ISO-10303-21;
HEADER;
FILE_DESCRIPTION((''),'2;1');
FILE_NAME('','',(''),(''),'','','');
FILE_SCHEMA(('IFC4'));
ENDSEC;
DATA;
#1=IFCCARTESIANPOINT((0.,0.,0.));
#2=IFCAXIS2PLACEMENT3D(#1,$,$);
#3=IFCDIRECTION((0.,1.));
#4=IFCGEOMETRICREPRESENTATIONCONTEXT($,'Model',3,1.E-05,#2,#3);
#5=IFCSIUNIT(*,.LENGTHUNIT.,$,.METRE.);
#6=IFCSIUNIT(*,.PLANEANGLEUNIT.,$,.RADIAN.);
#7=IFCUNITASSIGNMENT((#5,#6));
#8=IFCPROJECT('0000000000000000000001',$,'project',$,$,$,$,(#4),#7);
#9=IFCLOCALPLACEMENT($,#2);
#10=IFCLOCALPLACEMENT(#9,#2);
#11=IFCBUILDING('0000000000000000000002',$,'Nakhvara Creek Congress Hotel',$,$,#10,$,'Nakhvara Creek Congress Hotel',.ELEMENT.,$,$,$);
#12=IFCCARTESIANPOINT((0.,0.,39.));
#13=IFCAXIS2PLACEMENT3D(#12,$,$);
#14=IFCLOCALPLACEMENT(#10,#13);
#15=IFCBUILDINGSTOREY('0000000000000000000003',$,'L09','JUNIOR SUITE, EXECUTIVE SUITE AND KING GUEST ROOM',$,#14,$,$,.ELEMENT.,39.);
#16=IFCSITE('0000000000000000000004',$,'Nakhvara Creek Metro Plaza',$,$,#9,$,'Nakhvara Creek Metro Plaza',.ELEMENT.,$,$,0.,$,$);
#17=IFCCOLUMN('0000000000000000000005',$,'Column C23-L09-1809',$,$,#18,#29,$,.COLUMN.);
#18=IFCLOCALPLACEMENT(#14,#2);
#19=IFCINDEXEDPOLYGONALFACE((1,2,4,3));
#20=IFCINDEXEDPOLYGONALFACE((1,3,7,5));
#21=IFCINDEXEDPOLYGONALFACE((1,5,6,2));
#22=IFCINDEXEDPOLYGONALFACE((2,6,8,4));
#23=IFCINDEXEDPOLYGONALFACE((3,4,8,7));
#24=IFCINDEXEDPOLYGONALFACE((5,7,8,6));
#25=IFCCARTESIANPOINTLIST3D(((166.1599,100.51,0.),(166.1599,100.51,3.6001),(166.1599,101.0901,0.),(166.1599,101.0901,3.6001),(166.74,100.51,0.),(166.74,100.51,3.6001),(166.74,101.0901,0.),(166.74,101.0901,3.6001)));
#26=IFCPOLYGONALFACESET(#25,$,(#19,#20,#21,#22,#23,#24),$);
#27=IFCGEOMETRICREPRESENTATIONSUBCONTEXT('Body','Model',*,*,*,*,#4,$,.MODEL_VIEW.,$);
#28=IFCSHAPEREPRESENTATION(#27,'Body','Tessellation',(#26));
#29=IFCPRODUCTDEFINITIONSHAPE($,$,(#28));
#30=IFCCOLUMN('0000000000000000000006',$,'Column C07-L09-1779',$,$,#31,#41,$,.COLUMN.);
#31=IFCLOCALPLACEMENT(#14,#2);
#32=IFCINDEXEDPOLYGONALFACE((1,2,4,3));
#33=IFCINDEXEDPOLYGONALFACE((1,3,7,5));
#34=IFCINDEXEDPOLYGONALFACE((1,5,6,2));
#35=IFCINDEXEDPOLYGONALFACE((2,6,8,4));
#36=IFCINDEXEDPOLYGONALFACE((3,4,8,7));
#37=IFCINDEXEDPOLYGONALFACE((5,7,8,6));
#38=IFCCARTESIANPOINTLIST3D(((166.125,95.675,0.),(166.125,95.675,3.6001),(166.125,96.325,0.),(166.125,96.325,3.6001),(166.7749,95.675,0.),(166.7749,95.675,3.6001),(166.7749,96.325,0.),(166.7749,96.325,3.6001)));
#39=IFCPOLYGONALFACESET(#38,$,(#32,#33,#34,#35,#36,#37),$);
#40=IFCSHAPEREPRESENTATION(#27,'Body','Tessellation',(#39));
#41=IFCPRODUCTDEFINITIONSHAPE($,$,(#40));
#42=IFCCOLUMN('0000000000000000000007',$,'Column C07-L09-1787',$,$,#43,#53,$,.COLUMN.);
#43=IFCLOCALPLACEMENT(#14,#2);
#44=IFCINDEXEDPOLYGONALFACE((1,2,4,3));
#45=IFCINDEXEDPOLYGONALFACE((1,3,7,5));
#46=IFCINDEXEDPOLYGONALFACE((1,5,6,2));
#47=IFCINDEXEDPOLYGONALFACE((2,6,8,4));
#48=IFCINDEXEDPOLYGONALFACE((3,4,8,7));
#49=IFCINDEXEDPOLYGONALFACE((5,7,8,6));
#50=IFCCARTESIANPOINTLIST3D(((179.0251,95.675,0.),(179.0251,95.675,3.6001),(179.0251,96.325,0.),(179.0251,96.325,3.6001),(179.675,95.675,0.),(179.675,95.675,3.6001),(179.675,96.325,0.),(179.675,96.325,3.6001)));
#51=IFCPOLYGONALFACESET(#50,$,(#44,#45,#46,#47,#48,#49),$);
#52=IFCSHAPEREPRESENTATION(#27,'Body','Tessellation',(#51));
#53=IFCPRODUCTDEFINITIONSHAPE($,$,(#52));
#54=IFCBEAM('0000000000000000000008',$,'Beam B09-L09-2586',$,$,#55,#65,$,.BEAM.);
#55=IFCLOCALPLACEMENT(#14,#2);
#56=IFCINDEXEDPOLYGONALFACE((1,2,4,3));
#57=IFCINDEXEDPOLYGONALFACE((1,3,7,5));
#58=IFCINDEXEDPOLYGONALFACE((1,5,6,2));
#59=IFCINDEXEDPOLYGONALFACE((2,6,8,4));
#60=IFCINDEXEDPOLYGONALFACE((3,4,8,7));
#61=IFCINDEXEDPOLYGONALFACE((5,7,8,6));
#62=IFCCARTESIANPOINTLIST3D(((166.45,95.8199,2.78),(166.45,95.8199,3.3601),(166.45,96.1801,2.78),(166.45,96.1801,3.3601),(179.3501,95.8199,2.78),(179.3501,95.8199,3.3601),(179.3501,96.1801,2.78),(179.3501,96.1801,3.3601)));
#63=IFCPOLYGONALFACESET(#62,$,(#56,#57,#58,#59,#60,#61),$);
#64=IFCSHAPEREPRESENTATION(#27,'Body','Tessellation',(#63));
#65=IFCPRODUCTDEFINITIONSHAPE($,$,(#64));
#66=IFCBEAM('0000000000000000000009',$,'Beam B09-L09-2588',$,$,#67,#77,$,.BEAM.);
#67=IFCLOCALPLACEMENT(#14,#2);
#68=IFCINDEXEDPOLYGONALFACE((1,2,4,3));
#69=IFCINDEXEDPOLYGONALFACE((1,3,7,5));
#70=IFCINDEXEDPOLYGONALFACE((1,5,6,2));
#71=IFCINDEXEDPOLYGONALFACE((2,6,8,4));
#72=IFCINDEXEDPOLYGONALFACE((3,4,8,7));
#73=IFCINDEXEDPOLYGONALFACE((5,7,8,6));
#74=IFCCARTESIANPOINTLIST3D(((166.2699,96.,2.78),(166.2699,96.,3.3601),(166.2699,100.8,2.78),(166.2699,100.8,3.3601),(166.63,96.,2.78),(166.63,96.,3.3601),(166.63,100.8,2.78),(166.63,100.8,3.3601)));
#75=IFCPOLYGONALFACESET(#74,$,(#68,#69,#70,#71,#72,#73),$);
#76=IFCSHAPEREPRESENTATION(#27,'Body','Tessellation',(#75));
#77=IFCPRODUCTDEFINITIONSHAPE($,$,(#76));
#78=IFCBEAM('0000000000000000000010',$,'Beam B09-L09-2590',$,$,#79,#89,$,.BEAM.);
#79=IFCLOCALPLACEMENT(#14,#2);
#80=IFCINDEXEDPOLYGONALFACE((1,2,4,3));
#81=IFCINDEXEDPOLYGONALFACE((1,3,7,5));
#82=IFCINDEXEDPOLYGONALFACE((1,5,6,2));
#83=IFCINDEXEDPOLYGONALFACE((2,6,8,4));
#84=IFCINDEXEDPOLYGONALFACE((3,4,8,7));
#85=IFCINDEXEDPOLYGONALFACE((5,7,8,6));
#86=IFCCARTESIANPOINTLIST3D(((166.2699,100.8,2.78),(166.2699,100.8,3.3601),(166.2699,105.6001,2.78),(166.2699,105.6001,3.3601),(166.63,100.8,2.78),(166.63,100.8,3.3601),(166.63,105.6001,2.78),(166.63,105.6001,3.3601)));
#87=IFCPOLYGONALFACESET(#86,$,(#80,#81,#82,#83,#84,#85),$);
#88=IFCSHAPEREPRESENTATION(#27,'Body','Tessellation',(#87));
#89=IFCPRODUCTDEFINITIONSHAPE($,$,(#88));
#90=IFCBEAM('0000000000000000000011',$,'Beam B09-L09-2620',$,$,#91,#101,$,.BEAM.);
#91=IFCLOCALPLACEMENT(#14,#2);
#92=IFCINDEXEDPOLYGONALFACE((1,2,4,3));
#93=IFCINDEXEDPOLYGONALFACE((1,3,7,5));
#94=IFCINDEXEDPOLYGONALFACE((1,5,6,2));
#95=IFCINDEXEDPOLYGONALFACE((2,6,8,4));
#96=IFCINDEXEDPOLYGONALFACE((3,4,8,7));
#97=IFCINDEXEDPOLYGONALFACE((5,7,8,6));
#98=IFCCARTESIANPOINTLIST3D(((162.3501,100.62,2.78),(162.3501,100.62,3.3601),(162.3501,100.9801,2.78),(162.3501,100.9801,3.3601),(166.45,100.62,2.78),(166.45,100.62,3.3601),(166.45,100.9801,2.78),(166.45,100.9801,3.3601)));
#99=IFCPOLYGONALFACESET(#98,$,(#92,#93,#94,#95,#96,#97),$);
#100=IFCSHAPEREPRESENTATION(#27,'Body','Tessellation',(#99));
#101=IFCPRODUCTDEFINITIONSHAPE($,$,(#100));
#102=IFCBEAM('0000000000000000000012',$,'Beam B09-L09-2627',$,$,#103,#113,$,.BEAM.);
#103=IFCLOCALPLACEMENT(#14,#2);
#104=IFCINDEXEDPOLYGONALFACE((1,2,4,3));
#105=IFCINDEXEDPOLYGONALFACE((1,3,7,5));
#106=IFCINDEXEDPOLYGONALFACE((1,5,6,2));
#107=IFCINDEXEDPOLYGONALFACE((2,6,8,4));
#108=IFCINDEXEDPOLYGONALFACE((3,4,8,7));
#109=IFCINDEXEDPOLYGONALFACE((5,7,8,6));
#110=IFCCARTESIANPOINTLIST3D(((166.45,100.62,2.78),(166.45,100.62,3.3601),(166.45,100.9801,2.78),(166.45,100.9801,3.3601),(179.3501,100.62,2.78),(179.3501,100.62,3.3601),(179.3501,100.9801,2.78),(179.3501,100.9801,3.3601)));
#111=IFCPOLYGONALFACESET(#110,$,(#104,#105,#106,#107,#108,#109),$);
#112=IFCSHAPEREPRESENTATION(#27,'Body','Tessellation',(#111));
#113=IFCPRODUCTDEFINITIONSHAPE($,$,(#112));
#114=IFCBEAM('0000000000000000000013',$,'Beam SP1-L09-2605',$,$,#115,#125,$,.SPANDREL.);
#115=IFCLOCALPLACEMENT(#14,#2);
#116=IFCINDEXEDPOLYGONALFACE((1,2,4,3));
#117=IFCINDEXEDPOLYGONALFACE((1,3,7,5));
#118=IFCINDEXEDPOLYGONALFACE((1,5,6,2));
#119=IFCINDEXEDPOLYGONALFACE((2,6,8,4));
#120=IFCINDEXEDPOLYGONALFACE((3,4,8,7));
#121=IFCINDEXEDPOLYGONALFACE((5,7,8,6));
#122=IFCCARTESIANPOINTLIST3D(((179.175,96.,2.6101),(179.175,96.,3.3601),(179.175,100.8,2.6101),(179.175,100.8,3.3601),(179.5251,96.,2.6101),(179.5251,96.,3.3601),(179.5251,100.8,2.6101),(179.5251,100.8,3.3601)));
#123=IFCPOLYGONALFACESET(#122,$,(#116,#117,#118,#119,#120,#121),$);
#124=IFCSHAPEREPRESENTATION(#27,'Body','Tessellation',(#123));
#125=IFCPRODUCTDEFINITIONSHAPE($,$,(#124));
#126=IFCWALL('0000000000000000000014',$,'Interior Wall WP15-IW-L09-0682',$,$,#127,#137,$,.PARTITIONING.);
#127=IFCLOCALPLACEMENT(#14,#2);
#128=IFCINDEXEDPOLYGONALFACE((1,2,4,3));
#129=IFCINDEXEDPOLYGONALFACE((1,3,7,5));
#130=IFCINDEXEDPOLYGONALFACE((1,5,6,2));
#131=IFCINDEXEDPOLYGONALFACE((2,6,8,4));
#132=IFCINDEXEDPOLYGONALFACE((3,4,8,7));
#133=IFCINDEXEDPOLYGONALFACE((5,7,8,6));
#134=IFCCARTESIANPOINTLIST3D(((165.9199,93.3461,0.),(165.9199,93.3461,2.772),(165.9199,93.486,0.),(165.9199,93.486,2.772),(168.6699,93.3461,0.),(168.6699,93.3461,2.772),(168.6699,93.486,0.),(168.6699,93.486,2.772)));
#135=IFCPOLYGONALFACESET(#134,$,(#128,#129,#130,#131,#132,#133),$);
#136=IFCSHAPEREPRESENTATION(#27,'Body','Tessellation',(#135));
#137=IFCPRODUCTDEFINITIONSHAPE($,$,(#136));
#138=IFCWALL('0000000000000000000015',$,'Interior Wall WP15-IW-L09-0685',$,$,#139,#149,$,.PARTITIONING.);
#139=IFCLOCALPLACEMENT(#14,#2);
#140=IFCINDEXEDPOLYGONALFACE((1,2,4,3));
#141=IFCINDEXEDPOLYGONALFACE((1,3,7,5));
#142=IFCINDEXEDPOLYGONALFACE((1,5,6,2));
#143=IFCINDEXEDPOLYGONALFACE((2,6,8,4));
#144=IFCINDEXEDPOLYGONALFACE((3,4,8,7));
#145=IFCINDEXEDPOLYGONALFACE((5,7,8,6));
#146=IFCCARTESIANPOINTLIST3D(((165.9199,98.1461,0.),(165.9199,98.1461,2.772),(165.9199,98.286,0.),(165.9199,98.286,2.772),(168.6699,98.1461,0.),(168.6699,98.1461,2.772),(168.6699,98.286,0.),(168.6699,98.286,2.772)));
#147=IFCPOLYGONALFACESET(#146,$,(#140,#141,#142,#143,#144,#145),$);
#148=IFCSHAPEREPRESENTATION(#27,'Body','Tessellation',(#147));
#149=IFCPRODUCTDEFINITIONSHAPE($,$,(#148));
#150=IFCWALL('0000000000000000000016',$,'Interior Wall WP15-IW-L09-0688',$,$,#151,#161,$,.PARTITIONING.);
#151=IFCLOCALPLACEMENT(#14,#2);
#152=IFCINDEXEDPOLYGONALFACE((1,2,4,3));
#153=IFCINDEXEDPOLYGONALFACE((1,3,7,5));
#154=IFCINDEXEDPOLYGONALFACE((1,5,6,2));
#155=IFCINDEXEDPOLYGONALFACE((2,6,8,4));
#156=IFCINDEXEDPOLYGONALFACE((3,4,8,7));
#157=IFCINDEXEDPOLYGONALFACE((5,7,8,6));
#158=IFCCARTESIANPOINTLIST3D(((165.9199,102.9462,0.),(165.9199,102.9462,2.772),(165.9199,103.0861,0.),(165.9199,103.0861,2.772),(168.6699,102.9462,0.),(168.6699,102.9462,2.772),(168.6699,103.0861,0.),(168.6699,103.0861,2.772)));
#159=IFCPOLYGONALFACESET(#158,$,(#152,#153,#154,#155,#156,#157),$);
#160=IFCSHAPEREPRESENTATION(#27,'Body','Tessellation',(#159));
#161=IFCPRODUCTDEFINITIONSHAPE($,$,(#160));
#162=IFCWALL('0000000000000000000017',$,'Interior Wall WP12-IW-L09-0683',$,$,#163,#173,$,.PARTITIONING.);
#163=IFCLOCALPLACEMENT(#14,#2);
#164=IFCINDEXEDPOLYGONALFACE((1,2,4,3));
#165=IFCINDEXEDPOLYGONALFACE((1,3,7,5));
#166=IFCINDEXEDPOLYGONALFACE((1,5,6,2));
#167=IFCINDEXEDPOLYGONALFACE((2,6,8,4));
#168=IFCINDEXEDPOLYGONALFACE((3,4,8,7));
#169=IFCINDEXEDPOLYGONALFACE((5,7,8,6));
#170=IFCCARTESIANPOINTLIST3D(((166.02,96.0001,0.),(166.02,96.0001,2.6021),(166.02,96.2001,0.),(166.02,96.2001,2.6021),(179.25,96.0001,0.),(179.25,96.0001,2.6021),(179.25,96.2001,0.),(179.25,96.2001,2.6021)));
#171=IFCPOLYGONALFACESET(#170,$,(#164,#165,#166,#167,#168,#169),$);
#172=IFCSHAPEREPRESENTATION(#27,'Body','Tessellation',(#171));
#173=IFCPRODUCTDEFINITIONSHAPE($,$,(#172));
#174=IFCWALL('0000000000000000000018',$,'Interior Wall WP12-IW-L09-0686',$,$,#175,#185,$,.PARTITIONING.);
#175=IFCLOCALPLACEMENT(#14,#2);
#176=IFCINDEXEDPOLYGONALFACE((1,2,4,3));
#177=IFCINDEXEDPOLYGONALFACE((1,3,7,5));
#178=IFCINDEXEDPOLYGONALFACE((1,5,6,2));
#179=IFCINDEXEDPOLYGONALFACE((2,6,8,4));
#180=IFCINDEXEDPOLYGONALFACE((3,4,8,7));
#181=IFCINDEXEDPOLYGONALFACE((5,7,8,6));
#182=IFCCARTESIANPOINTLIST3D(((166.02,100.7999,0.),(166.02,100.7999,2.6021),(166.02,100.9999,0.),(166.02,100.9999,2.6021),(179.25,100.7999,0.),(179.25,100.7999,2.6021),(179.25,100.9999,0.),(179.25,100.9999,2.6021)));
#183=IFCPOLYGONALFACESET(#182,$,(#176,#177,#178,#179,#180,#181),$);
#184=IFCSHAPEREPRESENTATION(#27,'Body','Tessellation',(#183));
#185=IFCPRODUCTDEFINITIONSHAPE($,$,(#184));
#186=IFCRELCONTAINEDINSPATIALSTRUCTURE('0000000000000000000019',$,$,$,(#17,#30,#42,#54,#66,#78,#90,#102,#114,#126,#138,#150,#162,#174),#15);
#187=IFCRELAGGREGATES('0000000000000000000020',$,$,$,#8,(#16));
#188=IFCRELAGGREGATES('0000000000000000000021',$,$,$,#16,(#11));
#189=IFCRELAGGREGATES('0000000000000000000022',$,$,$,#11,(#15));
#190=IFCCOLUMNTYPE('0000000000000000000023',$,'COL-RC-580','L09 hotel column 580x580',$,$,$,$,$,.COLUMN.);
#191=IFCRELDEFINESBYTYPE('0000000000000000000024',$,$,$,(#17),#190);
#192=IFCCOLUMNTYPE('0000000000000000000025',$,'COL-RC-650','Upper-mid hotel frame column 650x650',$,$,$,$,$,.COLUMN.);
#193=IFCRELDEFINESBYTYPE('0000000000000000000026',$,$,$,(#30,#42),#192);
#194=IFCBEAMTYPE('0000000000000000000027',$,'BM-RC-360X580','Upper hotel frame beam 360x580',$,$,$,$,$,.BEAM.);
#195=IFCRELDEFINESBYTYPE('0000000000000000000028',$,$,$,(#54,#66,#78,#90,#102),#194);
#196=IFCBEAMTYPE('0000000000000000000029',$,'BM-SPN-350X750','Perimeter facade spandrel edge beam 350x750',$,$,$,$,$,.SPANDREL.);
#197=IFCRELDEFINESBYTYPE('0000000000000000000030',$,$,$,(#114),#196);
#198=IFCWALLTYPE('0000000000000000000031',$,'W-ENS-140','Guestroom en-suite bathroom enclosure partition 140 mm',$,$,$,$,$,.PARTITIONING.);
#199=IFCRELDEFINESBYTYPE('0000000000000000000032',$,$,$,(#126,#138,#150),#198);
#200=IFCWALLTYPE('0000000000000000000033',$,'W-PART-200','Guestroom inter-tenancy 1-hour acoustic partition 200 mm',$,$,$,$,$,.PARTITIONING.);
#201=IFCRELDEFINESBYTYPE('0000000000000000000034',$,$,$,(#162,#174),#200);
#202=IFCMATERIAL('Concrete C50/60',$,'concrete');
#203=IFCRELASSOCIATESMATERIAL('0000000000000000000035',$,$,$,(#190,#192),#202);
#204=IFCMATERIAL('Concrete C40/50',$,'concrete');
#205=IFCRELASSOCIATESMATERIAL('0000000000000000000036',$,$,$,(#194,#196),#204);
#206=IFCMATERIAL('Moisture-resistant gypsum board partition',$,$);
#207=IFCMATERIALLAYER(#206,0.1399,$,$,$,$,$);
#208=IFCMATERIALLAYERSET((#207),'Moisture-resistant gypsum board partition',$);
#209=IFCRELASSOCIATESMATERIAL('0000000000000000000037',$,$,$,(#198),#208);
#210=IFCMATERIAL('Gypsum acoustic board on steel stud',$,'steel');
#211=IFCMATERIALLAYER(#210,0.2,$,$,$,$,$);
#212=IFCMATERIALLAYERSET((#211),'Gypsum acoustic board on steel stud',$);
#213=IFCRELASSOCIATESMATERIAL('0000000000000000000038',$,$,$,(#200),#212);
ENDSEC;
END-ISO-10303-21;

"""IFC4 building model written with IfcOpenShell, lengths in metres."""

from ifc_helpers import new_model, si_unit, direction, frame, frame_2d, origin, origin_2d, place, context, subcontext, project, spatial, rectangle, extrude, material, layer, layer_set, material_profile, profile_set, type_object, element, save


model = new_model("IFC4")

# Units and contexts
model_context = context("Model", 3, precision=1e-05, world=origin(), true_north=direction((0.0, 1.0)))
body_context = subcontext(model_context, "Body", "Model", "MODEL_VIEW")
ifc_project = project(units=[si_unit("LENGTHUNIT", "METRE"), si_unit("PLANEANGLEUNIT", "RADIAN")], contexts=[model_context])

# Site, building, storey
site_placement = place(None, origin())
site = spatial("IfcSite", under=ifc_project, at=site_placement, Name="Nakhvara Creek Metro Plaza", LongName="Nakhvara Creek Metro Plaza", CompositionType="ELEMENT", RefElevation=0.0)
building_placement = place(site_placement, origin())
building = spatial("IfcBuilding", under=site, at=building_placement, Name="Nakhvara Creek Congress Hotel", LongName="Nakhvara Creek Congress Hotel", CompositionType="ELEMENT")
storey_placement = place(building_placement, frame((0.0, 0.0, 39.0)))
storey = spatial("IfcBuildingStorey", under=building, at=storey_placement, Name="L09", Description="JUNIOR SUITE, EXECUTIVE SUITE AND KING GUEST ROOM", CompositionType="ELEMENT", Elevation=39.0)

# Columns
ifc_material_1 = material(Name="Concrete C50/60", Category="concrete")
ifc_material_profile_1 = material_profile(ifc_material_1, rectangle(XDim=0.5801, YDim=0.5801, at=origin_2d()), Name="RC-COL 580x580", Category="LoadBearing")
ifc_profile_set_1 = profile_set([ifc_material_profile_1], Name="Concrete C50/60")
column_type_1 = type_object("IfcColumnType", Name="COL-RC-580", Description="L09 hotel column 580x580", PredefinedType="COLUMN", material=ifc_profile_set_1)
column_placement = place(storey_placement, frame((166.45, 100.8, 0.0), z_axis=(0.0, 0.0, 1.0), x_axis=(1.0, 0.0, 0.0)))
element("IfcColumn", 1, at=column_placement, inside=storey, type_object=column_type_1, Name="Column C23-L09-1809", PredefinedType="COLUMN", context=body_context, shape_type="SweptSolid", body=[
    extrude(rectangle(XDim=0.5801, YDim=0.5801, at=origin_2d()), origin(), (0.0, 0.0, 1.0), 3.6001),
])
ifc_material_profile_2 = material_profile(ifc_material_1, rectangle(XDim=0.6499, YDim=0.6499, at=origin_2d()), Name="RC-COL 650x650", Category="LoadBearing")
ifc_profile_set_2 = profile_set([ifc_material_profile_2], Name="Concrete C50/60")
column_type_2 = type_object("IfcColumnType", Name="COL-RC-650", Description="Upper-mid hotel frame column 650x650", PredefinedType="COLUMN", material=ifc_profile_set_2)
for number, where, z_axis, x_axis, name in (
    (2, (166.45, 96.0, 0.0), (0.0, 0.0, 1.0), (1.0, 0.0, 0.0), "Column C07-L09-1779"),
    (3, (179.3501, 96.0, 0.0), (0.0, 0.0, 1.0), (1.0, 0.0, 0.0), "Column C07-L09-1787"),
):
    element("IfcColumn", number, at=place(storey_placement, frame(where, z_axis=z_axis, x_axis=x_axis)), inside=storey, type_object=column_type_2, Name=name, PredefinedType="COLUMN", context=body_context, shape_type="SweptSolid", body=[
        extrude(rectangle(XDim=0.6499, YDim=0.6499, at=origin_2d()), origin(), (0.0, 0.0, 1.0), 3.6001),
    ])

# Beams
ifc_material_2 = material(Name="Concrete C40/50", Category="concrete")
ifc_material_profile_3 = material_profile(ifc_material_2, rectangle(XDim=0.3601, YDim=0.5801, at=origin_2d()), Name="RC-BM 360x580", Category="LoadBearing")
ifc_profile_set_3 = profile_set([ifc_material_profile_3], Name="Concrete C40/50")
beam_type_1 = type_object("IfcBeamType", Name="BM-RC-360X580", Description="Upper hotel frame beam 360x580", PredefinedType="BEAM", material=ifc_profile_set_3)
beam_1_placement = place(storey_placement, frame((166.45, 96.0, 3.0701), z_axis=(1.0, 0.0, 0.0), x_axis=(0.0, 1.0, 0.0)))
element("IfcBeam", 4, at=beam_1_placement, inside=storey, type_object=beam_type_1, Name="Beam B09-L09-2586", PredefinedType="BEAM", context=body_context, shape_type="SweptSolid", body=[
    extrude(rectangle(XDim=0.3601, YDim=0.5801, at=origin_2d()), origin(), (0.0, 0.0, 1.0), 12.9001),
])
for number, where, z_axis, x_axis, name in (
    (5, (166.45, 96.0, 3.0701), (0.0, 1.0, 0.0), (-1.0, 0.0, 0.0), "Beam B09-L09-2588"),
    (6, (166.45, 100.8, 3.0701), (0.0, 1.0, 0.0), (-1.0, 0.0, 0.0), "Beam B09-L09-2590"),
):
    element("IfcBeam", number, at=place(storey_placement, frame(where, z_axis=z_axis, x_axis=x_axis)), inside=storey, type_object=beam_type_1, Name=name, PredefinedType="BEAM", context=body_context, shape_type="SweptSolid", body=[
        extrude(rectangle(XDim=0.3601, YDim=0.5801, at=origin_2d()), origin(), (0.0, 0.0, 1.0), 4.8),
    ])
beam_2_placement = place(storey_placement, frame((162.3501, 100.8, 3.0701), z_axis=(1.0, 0.0, 0.0), x_axis=(0.0, 1.0, 0.0)))
element("IfcBeam", 7, at=beam_2_placement, inside=storey, type_object=beam_type_1, Name="Beam B09-L09-2620", PredefinedType="BEAM", context=body_context, shape_type="SweptSolid", body=[
    extrude(rectangle(XDim=0.3601, YDim=0.5801, at=origin_2d()), origin(), (0.0, 0.0, 1.0), 4.0999),
])
beam_3_placement = place(storey_placement, frame((166.45, 100.8, 3.0701), z_axis=(1.0, 0.0, 0.0), x_axis=(0.0, 1.0, 0.0)))
element("IfcBeam", 8, at=beam_3_placement, inside=storey, type_object=beam_type_1, Name="Beam B09-L09-2627", PredefinedType="BEAM", context=body_context, shape_type="SweptSolid", body=[
    extrude(rectangle(XDim=0.3601, YDim=0.5801, at=origin_2d()), origin(), (0.0, 0.0, 1.0), 12.9001),
])
ifc_material_profile_4 = material_profile(ifc_material_2, rectangle(XDim=0.3501, YDim=0.75, at=origin_2d()), Name="RC-SPANDREL 350x750", Category="LoadBearing")
ifc_profile_set_4 = profile_set([ifc_material_profile_4], Name="Concrete C40/50")
beam_type_2 = type_object("IfcBeamType", Name="BM-SPN-350X750", Description="Perimeter facade spandrel edge beam 350x750", PredefinedType="SPANDREL", material=ifc_profile_set_4)
beam_4_placement = place(storey_placement, frame((179.3501, 96.0, 2.9851), z_axis=(0.0, 1.0, 0.0), x_axis=(-1.0, 0.0, 0.0)))
element("IfcBeam", 9, at=beam_4_placement, inside=storey, type_object=beam_type_2, Name="Beam SP1-L09-2605", PredefinedType="SPANDREL", context=body_context, shape_type="SweptSolid", body=[
    extrude(rectangle(XDim=0.3501, YDim=0.75, at=origin_2d()), origin(), (0.0, 0.0, 1.0), 4.8),
])

# Shared definitions
ifc_material_3 = material(Name="Gypsum acoustic board on steel stud", Category="steel")

# Wall
ifc_material_4 = material(Name="Moisture-resistant gypsum board partition")
ifc_layer_1 = layer(ifc_material_4, 0.1399)
ifc_layer_set_1 = layer_set([ifc_layer_1], Name="Moisture-resistant gypsum board partition")
wall_type_1 = type_object("IfcWallType", Name="W-ENS-140", Description="Guestroom en-suite bathroom enclosure partition 140 mm", PredefinedType="PARTITIONING", material=ifc_layer_set_1)
wall_1_placement = place(storey_placement, frame((165.9199, 93.416, 0.0), z_axis=(0.0, 0.0, 1.0), x_axis=(1.0, 0.0, 0.0)))
element("IfcWall", 10, at=wall_1_placement, inside=storey, type_object=wall_type_1, Name="Interior Wall WP15-IW-L09-0682", PredefinedType="PARTITIONING", context=body_context, shape_type="SweptSolid", body=[
    extrude(rectangle(XDim=2.75, YDim=0.1399, at=frame_2d((1.375, 0.0))), origin(), (0.0, 0.0, 1.0), 2.772),
])

# Wall
wall_2_placement = place(storey_placement, frame((165.9199, 98.2161, 0.0), z_axis=(0.0, 0.0, 1.0), x_axis=(1.0, 0.0, 0.0)))
element("IfcWall", 11, at=wall_2_placement, inside=storey, type_object=wall_type_1, Name="Interior Wall WP15-IW-L09-0685", PredefinedType="PARTITIONING", context=body_context, shape_type="SweptSolid", body=[
    extrude(rectangle(XDim=2.75, YDim=0.1399, at=frame_2d((1.375, 0.0))), origin(), (0.0, 0.0, 1.0), 2.772),
])

# Walls
wall_3_placement = place(storey_placement, frame((165.9199, 103.0161, 0.0), z_axis=(0.0, 0.0, 1.0), x_axis=(1.0, 0.0, 0.0)))
element("IfcWall", 12, at=wall_3_placement, inside=storey, type_object=wall_type_1, Name="Interior Wall WP15-IW-L09-0688", PredefinedType="PARTITIONING", context=body_context, shape_type="SweptSolid", body=[
    extrude(rectangle(XDim=2.75, YDim=0.1399, at=frame_2d((1.375, 0.0))), origin(), (0.0, 0.0, 1.0), 2.772),
])
ifc_layer_2 = layer(ifc_material_3, 0.2)
ifc_layer_set_2 = layer_set([ifc_layer_2], Name="Gypsum acoustic board on steel stud")
wall_type_2 = type_object("IfcWallType", Name="W-PART-200", Description="Guestroom inter-tenancy 1-hour acoustic partition 200 mm", PredefinedType="PARTITIONING", material=ifc_layer_set_2)
for number, where, z_axis, x_axis, name in (
    (13, (166.02, 96.1001, 0.0), (0.0, 0.0, 1.0), (1.0, 0.0, 0.0), "Interior Wall WP12-IW-L09-0683"),
    (14, (166.02, 100.8999, 0.0), (0.0, 0.0, 1.0), (1.0, 0.0, 0.0), "Interior Wall WP12-IW-L09-0686"),
):
    element("IfcWall", number, at=place(storey_placement, frame(where, z_axis=z_axis, x_axis=x_axis)), inside=storey, type_object=wall_type_2, Name=name, PredefinedType="PARTITIONING", context=body_context, shape_type="SweptSolid", body=[
        extrude(rectangle(XDim=13.23, YDim=0.2, at=frame_2d((6.615, 0.0))), origin(), (0.0, 0.0, 1.0), 2.6021),
    ])

save(model, "model.ifc")
